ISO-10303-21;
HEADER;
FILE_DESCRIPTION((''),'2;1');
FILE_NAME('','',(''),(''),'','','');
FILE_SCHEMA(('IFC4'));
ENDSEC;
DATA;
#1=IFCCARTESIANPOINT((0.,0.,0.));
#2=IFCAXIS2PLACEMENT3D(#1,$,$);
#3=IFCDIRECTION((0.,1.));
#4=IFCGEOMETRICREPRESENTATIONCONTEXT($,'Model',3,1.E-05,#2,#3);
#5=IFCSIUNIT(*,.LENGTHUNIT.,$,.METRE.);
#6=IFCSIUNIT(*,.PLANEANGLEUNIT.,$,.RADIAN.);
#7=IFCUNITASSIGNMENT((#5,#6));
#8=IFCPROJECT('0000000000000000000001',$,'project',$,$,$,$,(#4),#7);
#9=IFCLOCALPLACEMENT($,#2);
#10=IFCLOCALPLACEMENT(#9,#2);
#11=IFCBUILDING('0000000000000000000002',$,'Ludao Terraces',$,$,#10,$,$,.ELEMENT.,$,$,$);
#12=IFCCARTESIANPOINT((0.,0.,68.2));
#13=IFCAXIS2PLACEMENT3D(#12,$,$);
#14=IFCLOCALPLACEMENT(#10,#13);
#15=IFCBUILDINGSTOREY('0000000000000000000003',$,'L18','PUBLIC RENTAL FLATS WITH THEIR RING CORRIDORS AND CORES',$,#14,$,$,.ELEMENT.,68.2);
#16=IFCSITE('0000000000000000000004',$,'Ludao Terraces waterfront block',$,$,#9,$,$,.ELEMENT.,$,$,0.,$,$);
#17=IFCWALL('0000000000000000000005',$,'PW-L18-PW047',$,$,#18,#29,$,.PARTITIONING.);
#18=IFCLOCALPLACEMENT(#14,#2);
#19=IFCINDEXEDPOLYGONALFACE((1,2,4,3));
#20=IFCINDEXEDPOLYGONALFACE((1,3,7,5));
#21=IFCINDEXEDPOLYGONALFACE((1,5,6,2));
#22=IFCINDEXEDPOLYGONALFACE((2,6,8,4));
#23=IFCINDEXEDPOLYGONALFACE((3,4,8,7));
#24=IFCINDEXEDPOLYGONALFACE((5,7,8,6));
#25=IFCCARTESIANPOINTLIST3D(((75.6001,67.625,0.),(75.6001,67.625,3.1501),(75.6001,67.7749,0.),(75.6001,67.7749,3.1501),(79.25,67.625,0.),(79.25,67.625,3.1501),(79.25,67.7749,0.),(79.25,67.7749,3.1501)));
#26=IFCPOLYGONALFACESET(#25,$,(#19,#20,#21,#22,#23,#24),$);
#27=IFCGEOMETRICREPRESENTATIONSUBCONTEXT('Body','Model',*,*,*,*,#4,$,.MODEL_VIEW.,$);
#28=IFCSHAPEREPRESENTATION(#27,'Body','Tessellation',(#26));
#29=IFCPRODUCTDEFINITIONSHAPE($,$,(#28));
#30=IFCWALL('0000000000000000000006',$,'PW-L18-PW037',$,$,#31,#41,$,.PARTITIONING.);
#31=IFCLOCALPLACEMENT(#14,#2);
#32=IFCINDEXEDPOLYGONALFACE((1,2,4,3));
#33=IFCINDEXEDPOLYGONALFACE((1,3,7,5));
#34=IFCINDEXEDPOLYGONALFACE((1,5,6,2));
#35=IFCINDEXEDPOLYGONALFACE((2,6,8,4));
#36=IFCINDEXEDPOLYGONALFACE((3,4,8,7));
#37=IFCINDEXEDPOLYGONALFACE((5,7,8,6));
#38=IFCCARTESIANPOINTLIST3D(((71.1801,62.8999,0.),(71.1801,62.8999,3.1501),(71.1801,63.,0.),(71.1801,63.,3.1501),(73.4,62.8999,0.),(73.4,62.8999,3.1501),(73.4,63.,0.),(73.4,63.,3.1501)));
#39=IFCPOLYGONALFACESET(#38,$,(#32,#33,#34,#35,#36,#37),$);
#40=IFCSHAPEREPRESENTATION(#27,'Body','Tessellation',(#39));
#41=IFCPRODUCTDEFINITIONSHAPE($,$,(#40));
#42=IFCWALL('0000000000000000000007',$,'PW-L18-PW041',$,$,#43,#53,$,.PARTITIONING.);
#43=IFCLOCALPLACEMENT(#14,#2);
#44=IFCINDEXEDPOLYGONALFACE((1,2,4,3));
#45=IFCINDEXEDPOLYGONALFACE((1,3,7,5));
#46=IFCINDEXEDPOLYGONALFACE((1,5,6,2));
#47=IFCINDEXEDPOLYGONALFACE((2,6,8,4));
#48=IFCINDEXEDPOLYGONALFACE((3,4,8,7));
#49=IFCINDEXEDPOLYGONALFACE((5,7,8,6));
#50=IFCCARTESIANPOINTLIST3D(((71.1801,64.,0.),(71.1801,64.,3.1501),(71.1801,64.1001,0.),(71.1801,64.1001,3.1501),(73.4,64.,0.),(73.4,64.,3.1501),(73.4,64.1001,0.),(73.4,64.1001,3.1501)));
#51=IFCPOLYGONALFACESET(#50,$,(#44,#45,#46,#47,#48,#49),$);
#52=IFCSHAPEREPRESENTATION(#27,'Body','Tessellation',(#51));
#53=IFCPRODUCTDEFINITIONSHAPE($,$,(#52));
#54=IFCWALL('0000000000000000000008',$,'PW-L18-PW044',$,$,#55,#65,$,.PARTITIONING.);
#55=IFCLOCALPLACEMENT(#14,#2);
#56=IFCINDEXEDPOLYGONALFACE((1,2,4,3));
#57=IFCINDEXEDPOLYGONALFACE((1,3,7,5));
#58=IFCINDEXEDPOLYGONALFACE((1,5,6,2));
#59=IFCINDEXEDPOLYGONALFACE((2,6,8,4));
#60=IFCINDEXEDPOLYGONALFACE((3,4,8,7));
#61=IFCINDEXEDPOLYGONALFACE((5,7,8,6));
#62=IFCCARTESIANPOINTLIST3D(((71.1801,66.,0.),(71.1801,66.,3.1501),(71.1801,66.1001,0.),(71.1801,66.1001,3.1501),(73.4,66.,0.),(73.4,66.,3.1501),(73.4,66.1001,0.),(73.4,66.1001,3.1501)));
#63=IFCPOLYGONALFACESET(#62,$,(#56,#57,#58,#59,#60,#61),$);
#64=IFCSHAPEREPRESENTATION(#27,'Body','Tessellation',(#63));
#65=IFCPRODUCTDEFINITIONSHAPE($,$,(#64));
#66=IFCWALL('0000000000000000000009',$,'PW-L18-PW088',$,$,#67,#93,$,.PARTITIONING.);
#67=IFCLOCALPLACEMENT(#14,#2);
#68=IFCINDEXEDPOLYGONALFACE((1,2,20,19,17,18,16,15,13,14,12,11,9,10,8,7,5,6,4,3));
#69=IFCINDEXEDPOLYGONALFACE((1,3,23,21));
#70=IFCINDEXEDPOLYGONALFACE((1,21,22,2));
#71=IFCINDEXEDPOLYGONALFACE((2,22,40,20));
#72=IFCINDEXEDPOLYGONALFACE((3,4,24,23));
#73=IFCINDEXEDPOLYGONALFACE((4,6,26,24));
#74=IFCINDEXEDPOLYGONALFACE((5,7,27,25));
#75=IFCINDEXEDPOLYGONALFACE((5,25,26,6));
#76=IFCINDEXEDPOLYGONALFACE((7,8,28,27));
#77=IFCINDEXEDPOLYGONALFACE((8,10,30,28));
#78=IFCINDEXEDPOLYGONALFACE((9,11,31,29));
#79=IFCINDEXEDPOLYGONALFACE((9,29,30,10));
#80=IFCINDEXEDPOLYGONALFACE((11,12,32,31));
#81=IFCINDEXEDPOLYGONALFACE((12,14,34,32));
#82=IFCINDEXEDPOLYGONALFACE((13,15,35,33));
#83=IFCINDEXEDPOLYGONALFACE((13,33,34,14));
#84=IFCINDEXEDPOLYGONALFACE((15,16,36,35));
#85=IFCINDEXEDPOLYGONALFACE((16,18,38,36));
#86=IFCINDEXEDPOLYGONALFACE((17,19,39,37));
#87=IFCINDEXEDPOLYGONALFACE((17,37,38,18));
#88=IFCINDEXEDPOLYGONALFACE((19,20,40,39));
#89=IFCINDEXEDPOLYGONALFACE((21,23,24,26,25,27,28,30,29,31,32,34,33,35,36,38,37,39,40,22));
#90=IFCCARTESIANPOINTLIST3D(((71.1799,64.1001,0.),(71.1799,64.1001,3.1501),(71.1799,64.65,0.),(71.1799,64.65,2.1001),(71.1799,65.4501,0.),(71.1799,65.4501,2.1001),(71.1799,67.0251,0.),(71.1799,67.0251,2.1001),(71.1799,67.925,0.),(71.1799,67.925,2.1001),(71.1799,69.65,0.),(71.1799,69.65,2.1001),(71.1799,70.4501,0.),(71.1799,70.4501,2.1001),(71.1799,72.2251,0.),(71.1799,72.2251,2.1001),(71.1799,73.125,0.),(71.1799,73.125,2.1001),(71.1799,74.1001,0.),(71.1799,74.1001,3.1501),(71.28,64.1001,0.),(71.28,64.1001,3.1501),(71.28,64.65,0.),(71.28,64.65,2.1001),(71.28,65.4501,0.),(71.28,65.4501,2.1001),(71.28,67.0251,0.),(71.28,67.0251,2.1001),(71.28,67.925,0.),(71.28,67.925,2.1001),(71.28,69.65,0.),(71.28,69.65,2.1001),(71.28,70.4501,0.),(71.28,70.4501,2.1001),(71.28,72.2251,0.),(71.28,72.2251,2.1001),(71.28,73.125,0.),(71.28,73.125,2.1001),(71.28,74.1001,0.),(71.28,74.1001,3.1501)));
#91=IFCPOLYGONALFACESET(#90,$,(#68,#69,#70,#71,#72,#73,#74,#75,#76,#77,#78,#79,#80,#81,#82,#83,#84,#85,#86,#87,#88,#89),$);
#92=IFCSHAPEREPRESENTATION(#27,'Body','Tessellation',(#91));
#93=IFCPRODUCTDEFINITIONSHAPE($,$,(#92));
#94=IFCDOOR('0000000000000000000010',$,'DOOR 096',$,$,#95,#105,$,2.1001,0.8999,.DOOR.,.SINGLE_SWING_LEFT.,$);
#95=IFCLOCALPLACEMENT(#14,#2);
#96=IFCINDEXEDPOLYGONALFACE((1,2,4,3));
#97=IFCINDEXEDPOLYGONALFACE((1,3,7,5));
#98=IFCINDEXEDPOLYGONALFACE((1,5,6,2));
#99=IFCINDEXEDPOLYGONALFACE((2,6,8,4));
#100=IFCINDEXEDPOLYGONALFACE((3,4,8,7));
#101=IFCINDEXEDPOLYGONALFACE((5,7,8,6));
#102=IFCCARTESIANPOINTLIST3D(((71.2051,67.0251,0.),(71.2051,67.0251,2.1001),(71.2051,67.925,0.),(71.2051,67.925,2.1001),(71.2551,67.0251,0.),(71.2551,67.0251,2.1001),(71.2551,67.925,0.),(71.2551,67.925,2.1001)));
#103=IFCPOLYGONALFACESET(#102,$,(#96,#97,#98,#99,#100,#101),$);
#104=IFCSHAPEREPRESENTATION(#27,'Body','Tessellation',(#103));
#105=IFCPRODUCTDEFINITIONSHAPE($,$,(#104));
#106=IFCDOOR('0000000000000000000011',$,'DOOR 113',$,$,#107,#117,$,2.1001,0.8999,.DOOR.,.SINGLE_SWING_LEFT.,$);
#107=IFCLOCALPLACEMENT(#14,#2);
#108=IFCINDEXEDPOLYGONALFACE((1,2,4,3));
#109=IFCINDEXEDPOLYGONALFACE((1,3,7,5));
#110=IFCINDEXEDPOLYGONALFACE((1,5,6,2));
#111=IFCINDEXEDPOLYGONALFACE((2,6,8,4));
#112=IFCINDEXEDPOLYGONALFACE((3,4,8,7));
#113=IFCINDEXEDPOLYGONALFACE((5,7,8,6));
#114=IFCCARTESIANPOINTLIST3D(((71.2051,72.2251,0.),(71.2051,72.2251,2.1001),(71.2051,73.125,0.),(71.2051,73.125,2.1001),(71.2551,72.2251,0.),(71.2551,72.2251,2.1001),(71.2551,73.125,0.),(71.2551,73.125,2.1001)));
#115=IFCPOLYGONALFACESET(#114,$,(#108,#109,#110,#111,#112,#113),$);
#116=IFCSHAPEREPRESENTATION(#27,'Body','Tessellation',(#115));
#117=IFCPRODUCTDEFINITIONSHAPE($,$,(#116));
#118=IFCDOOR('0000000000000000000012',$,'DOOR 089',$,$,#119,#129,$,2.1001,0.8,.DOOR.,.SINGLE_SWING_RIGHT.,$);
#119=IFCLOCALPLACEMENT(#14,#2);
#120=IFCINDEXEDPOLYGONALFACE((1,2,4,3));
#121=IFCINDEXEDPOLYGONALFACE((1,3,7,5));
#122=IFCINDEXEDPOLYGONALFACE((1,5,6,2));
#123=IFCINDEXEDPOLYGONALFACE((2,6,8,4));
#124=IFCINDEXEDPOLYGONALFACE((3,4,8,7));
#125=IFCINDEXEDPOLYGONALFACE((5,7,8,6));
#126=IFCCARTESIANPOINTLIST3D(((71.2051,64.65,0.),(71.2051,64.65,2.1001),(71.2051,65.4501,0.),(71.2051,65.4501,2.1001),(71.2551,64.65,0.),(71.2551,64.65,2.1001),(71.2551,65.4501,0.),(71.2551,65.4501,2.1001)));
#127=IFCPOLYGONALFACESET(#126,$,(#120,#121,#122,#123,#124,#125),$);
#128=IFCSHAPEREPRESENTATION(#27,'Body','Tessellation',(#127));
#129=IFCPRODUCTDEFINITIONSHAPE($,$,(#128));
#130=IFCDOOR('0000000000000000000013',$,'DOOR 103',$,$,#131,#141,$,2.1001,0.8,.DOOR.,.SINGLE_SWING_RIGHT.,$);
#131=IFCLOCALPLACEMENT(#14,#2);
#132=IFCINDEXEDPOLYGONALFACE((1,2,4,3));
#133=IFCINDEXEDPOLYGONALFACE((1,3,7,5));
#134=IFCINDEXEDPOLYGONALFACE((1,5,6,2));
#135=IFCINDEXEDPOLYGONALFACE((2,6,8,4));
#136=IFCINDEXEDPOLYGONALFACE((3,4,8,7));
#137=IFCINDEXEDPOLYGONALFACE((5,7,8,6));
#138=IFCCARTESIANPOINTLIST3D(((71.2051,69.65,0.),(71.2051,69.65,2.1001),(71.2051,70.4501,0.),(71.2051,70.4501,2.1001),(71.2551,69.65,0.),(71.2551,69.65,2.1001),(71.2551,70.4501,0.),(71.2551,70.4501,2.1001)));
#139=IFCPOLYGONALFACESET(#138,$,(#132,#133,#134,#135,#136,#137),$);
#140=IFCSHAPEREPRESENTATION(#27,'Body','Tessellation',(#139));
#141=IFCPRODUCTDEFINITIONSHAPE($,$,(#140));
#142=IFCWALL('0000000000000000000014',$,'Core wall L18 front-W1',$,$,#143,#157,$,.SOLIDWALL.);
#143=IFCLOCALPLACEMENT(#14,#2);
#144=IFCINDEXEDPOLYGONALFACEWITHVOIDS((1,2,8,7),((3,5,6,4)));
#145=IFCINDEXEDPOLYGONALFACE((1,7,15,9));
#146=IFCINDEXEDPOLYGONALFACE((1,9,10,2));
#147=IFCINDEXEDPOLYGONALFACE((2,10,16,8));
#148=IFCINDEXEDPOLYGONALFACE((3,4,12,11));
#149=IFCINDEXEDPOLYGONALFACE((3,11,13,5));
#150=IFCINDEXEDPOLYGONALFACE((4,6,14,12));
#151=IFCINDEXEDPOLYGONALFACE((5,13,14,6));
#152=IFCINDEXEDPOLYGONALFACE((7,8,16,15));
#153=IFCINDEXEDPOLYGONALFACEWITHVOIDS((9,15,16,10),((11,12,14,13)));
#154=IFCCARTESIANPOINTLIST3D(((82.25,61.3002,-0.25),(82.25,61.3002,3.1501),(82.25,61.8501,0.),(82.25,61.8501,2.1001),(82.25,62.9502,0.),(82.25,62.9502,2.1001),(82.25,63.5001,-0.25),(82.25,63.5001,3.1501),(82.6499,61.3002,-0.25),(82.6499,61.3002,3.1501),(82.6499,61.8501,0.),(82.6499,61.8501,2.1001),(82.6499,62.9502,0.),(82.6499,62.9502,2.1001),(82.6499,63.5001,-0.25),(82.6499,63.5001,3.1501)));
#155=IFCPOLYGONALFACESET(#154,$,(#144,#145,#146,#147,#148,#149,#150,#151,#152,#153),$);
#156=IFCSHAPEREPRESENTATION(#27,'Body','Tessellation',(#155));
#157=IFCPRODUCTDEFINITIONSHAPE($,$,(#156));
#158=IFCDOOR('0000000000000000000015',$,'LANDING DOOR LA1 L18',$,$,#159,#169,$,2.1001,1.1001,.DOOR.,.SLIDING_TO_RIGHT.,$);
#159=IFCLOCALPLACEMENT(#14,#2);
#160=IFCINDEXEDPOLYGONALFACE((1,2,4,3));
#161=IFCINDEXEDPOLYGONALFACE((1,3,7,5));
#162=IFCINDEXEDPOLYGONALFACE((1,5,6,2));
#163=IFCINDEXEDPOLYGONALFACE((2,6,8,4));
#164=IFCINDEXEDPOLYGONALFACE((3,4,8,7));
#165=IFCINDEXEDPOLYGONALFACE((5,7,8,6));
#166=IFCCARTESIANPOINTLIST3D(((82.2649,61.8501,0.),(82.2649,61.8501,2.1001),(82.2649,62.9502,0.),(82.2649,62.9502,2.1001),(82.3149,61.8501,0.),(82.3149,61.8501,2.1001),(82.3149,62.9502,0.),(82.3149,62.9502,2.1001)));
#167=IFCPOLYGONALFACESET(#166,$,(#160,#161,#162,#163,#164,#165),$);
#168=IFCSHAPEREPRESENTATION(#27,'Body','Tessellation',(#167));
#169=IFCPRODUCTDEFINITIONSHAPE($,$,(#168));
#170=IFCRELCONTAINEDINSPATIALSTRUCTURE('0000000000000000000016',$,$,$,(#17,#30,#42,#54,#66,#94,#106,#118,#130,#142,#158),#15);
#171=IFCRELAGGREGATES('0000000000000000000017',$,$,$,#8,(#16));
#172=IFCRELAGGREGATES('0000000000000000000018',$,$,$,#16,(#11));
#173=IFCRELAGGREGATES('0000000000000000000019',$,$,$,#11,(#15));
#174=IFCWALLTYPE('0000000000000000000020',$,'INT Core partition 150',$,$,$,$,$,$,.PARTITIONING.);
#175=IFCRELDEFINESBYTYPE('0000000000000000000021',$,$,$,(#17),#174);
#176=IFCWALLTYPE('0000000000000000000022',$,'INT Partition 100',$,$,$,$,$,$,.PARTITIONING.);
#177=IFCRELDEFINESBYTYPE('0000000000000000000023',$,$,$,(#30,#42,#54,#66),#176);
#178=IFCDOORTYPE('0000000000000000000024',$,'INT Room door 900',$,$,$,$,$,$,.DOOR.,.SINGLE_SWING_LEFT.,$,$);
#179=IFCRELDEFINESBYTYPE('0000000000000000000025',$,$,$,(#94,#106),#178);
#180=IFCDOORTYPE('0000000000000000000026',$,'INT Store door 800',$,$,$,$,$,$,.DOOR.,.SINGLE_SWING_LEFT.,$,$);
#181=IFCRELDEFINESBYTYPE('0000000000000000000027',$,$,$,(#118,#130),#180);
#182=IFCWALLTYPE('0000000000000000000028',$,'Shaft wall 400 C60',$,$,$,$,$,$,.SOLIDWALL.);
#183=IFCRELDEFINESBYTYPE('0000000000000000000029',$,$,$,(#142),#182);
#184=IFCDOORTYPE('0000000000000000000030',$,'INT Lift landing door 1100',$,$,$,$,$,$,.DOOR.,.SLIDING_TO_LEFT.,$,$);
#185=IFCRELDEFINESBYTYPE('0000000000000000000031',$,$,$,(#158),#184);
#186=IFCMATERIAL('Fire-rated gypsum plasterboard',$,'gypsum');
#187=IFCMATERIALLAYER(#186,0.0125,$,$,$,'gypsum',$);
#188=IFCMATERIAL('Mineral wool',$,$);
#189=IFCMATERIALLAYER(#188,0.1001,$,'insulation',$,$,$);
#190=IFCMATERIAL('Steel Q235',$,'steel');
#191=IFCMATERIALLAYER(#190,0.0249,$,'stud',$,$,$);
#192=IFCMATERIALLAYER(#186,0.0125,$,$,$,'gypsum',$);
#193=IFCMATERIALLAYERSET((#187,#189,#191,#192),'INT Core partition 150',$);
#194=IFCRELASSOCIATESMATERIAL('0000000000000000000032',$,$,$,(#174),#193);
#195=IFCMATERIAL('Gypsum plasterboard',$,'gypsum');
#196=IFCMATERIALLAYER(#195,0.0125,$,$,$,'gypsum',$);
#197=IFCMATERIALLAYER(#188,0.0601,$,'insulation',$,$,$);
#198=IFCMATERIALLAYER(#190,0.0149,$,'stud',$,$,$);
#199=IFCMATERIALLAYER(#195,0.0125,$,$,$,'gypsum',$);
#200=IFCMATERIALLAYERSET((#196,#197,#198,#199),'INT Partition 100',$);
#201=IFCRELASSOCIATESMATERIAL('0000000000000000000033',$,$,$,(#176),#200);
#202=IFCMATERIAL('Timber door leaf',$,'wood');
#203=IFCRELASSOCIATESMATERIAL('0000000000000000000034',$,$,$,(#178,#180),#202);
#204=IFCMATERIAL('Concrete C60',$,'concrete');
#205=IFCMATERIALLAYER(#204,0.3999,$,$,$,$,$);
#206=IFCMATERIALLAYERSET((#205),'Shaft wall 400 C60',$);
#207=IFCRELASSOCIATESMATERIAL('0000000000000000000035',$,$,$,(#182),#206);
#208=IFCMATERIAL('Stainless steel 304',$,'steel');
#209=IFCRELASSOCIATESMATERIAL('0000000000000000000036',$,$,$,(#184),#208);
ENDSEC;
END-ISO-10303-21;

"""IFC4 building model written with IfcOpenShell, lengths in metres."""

from ifc_helpers import new_model, si_unit, direction, frame, frame_2d, origin, place, context, subcontext, project, spatial, rectangle, extrude, material, layer, layer_set, type_object, element, fill, save


model = new_model("IFC4")

# Units and contexts
model_context = context("Model", 3, precision=1e-05, world=origin(), true_north=direction((0.0, 1.0)))
body_context = subcontext(model_context, "Body", "Model", "MODEL_VIEW")
ifc_project = project(units=[si_unit("LENGTHUNIT", "METRE"), si_unit("PLANEANGLEUNIT", "RADIAN")], contexts=[model_context])

# Site, building, storey
site_placement = place(None, origin())
site = spatial("IfcSite", under=ifc_project, at=site_placement, Name="Ludao Terraces waterfront block", CompositionType="ELEMENT", RefElevation=0.0)
building_placement = place(site_placement, origin())
building = spatial("IfcBuilding", under=site, at=building_placement, Name="Ludao Terraces", CompositionType="ELEMENT")
storey_placement = place(building_placement, frame((0.0, 0.0, 68.2)))
storey = spatial("IfcBuildingStorey", under=building, at=storey_placement, Name="L18", Description="PUBLIC RENTAL FLATS WITH THEIR RING CORRIDORS AND CORES", CompositionType="ELEMENT", Elevation=68.2)

# Walls
ifc_material_1 = material(Name="Fire-rated gypsum plasterboard", Category="gypsum")
ifc_layer_1 = layer(ifc_material_1, 0.0125, Category="gypsum")
ifc_material_2 = material(Name="Mineral wool")
ifc_layer_2 = layer(ifc_material_2, 0.1001, Name="insulation")
ifc_material_3 = material(Name="Steel Q235", Category="steel")
ifc_layer_3 = layer(ifc_material_3, 0.0249, Name="stud")
ifc_layer_4 = layer(ifc_material_1, 0.0125, Category="gypsum")
ifc_layer_set_1 = layer_set([ifc_layer_1, ifc_layer_2, ifc_layer_3, ifc_layer_4], Name="INT Core partition 150")
wall_type_1 = type_object("IfcWallType", Name="INT Core partition 150", PredefinedType="PARTITIONING", material=ifc_layer_set_1)
wall_1_placement = place(storey_placement, frame((75.6001, 67.7, 0.0), z_axis=(0.0, 0.0, 1.0), x_axis=(1.0, 0.0, 0.0)))
element("IfcWall", 1, at=wall_1_placement, inside=storey, type_object=wall_type_1, Name="PW-L18-PW047", PredefinedType="PARTITIONING", context=body_context, shape_type="SweptSolid", body=[
    extrude(rectangle(XDim=3.6499, YDim=0.1499, at=frame_2d((1.825, 0.0))), origin(), (0.0, 0.0, 1.0), 3.1501),
])
ifc_material_4 = material(Name="Gypsum plasterboard", Category="gypsum")
ifc_layer_5 = layer(ifc_material_4, 0.0125, Category="gypsum")
ifc_layer_6 = layer(ifc_material_2, 0.0601, Name="insulation")
ifc_layer_7 = layer(ifc_material_3, 0.0149, Name="stud")
ifc_layer_8 = layer(ifc_material_4, 0.0125, Category="gypsum")
ifc_layer_set_2 = layer_set([ifc_layer_5, ifc_layer_6, ifc_layer_7, ifc_layer_8], Name="INT Partition 100")
wall_type_2 = type_object("IfcWallType", Name="INT Partition 100", PredefinedType="PARTITIONING", material=ifc_layer_set_2)
for number, where, z_axis, x_axis, name in (
    (2, (71.1802, 62.95, 0.0), (0.0, 0.0, 1.0), (1.0, 0.0, 0.0), "PW-L18-PW037"),
    (3, (71.1802, 64.05, 0.0), (0.0, 0.0, 1.0), (1.0, 0.0, 0.0), "PW-L18-PW041"),
    (4, (71.1802, 66.05, 0.0), (0.0, 0.0, 1.0), (1.0, 0.0, 0.0), "PW-L18-PW044"),
):
    element("IfcWall", number, at=place(storey_placement, frame(where, z_axis=z_axis, x_axis=x_axis)), inside=storey, type_object=wall_type_2, Name=name, PredefinedType="PARTITIONING", context=body_context, shape_type="SweptSolid", body=[
        extrude(rectangle(XDim=2.22, YDim=0.1001, at=frame_2d((1.1099, 0.0))), origin(), (0.0, 0.0, 1.0), 3.1501),
    ])

# Wall, openings, doors
wall_2_placement = place(storey_placement, frame((71.23, 64.1001, 0.0), z_axis=(0.0, 0.0, 1.0), x_axis=(0.0, 1.0, 0.0)))
wall_2 = element("IfcWall", 5, at=wall_2_placement, inside=storey, type_object=wall_type_2, Name="PW-L18-PW088", PredefinedType="PARTITIONING", context=body_context, shape_type="SweptSolid", body=[
    extrude(rectangle(XDim=10.0, YDim=0.1001, at=frame_2d((5.0, 0.0))), origin(), (0.0, 0.0, 1.0), 3.1501),
])
opening_1_placement = place(wall_2_placement, frame((0.55, 0.0, 0.0)))
opening_1 = element("IfcOpeningElement", 6, at=opening_1_placement, cuts=wall_2, PredefinedType="OPENING", context=body_context, shape_type="SweptSolid", body=[
    extrude(rectangle(XDim=0.8, YDim=2.1001, at=frame_2d((0.3999, 1.05))), frame((0.0, 0.0601, 0.0), z_axis=(0.0, -1.0, 0.0), x_axis=(1.0, 0.0, 0.0)), (0.0, 0.0, 1.0), 0.1201),
])
opening_2_placement = place(wall_2_placement, frame((2.925, 0.0, 0.0)))
opening_2 = element("IfcOpeningElement", 7, at=opening_2_placement, cuts=wall_2, PredefinedType="OPENING", context=body_context, shape_type="SweptSolid", body=[
    extrude(rectangle(XDim=0.8999, YDim=2.1001, at=frame_2d((0.45, 1.05))), frame((0.0, 0.0601, 0.0), z_axis=(0.0, -1.0, 0.0), x_axis=(1.0, 0.0, 0.0)), (0.0, 0.0, 1.0), 0.1201),
])
opening_3_placement = place(wall_2_placement, frame((5.55, 0.0, 0.0)))
opening_3 = element("IfcOpeningElement", 8, at=opening_3_placement, cuts=wall_2, PredefinedType="OPENING", context=body_context, shape_type="SweptSolid", body=[
    extrude(rectangle(XDim=0.8, YDim=2.1001, at=frame_2d((0.3999, 1.05))), frame((0.0, 0.0601, 0.0), z_axis=(0.0, -1.0, 0.0), x_axis=(1.0, 0.0, 0.0)), (0.0, 0.0, 1.0), 0.1201),
])
opening_4_placement = place(wall_2_placement, frame((8.125, 0.0, 0.0)))
opening_4 = element("IfcOpeningElement", 9, at=opening_4_placement, cuts=wall_2, PredefinedType="OPENING", context=body_context, shape_type="SweptSolid", body=[
    extrude(rectangle(XDim=0.8999, YDim=2.1001, at=frame_2d((0.45, 1.05))), frame((0.0, 0.0601, 0.0), z_axis=(0.0, -1.0, 0.0), x_axis=(1.0, 0.0, 0.0)), (0.0, 0.0, 1.0), 0.1201),
])
ifc_material_5 = material(Name="Timber door leaf", Category="wood")
door_type_1 = type_object("IfcDoorType", Name="INT Room door 900", OperationType="SINGLE_SWING_LEFT", PredefinedType="DOOR", material=ifc_material_5)
door_1_placement = place(opening_2_placement, origin())
door_1 = element("IfcDoor", 10, at=door_1_placement, inside=storey, type_object=door_type_1, Name="DOOR 096", OperationType="SINGLE_SWING_LEFT", OverallHeight=2.1001, OverallWidth=0.8999, PredefinedType="DOOR", context=body_context, shape_type="SweptSolid", body=[
    extrude(rectangle(XDim=0.8999, YDim=2.1001, at=frame_2d((0.45, 1.05))), frame((0.0, 0.0249, 0.0), z_axis=(0.0, -1.0, 0.0), x_axis=(1.0, 0.0, 0.0)), (0.0, 0.0, 1.0), 0.05),
])
fill(opening_2, door_1)
door_2_placement = place(opening_4_placement, origin())
door_2 = element("IfcDoor", 11, at=door_2_placement, inside=storey, type_object=door_type_1, Name="DOOR 113", OperationType="SINGLE_SWING_LEFT", OverallHeight=2.1001, OverallWidth=0.8999, PredefinedType="DOOR", context=body_context, shape_type="SweptSolid", body=[
    extrude(rectangle(XDim=0.8999, YDim=2.1001, at=frame_2d((0.45, 1.05))), frame((0.0, 0.0249, 0.0), z_axis=(0.0, -1.0, 0.0), x_axis=(1.0, 0.0, 0.0)), (0.0, 0.0, 1.0), 0.05),
])
fill(opening_4, door_2)
door_type_2 = type_object("IfcDoorType", Name="INT Store door 800", OperationType="SINGLE_SWING_LEFT", PredefinedType="DOOR", material=ifc_material_5)
door_3_placement = place(opening_1_placement, origin())
door_3 = element("IfcDoor", 12, at=door_3_placement, inside=storey, type_object=door_type_2, Name="DOOR 089", OperationType="SINGLE_SWING_RIGHT", OverallHeight=2.1001, OverallWidth=0.8, PredefinedType="DOOR", context=body_context, shape_type="SweptSolid", body=[
    extrude(rectangle(XDim=0.8, YDim=2.1001, at=frame_2d((0.3999, 1.05))), frame((0.0, 0.0249, 0.0), z_axis=(0.0, -1.0, 0.0), x_axis=(1.0, 0.0, 0.0)), (0.0, 0.0, 1.0), 0.05),
])
fill(opening_1, door_3)
door_4_placement = place(opening_3_placement, origin())
door_4 = element("IfcDoor", 13, at=door_4_placement, inside=storey, type_object=door_type_2, Name="DOOR 103", OperationType="SINGLE_SWING_RIGHT", OverallHeight=2.1001, OverallWidth=0.8, PredefinedType="DOOR", context=body_context, shape_type="SweptSolid", body=[
    extrude(rectangle(XDim=0.8, YDim=2.1001, at=frame_2d((0.3999, 1.05))), frame((0.0, 0.0249, 0.0), z_axis=(0.0, -1.0, 0.0), x_axis=(1.0, 0.0, 0.0)), (0.0, 0.0, 1.0), 0.05),
])
fill(opening_3, door_4)

# Wall, opening, door
ifc_material_6 = material(Name="Concrete C60", Category="concrete")
ifc_layer_9 = layer(ifc_material_6, 0.3999)
ifc_layer_set_3 = layer_set([ifc_layer_9], Name="Shaft wall 400 C60")
wall_type_3 = type_object("IfcWallType", Name="Shaft wall 400 C60", PredefinedType="SOLIDWALL", material=ifc_layer_set_3)
wall_3_placement = place(storey_placement, frame((82.45, 61.3, -0.25), z_axis=(0.0, 0.0, 1.0), x_axis=(0.0, 1.0, 0.0)))
wall_3 = element("IfcWall", 14, at=wall_3_placement, inside=storey, type_object=wall_type_3, Name="Core wall L18 front-W1", PredefinedType="SOLIDWALL", context=body_context, shape_type="SweptSolid", body=[
    extrude(rectangle(XDim=2.2, YDim=0.3999, at=frame_2d((1.1001, 0.0))), origin(), (0.0, 0.0, 1.0), 3.4001),
])
opening_5_placement = place(wall_3_placement, frame((0.55, 0.0, 0.25)))
opening_5 = element("IfcOpeningElement", 15, at=opening_5_placement, cuts=wall_3, PredefinedType="OPENING", context=body_context, shape_type="SweptSolid", body=[
    extrude(rectangle(XDim=1.1001, YDim=2.1001, at=frame_2d((0.55, 1.05))), frame((0.0, 0.21, 0.0), z_axis=(0.0, -1.0, 0.0), x_axis=(1.0, 0.0, 0.0)), (0.0, 0.0, 1.0), 0.4199),
])
ifc_material_7 = material(Name="Stainless steel 304", Category="steel")
door_type_3 = type_object("IfcDoorType", Name="INT Lift landing door 1100", OperationType="SLIDING_TO_LEFT", PredefinedType="DOOR", material=ifc_material_7)
door_5_placement = place(opening_5_placement, origin())
door_5 = element("IfcDoor", 16, at=door_5_placement, inside=storey, type_object=door_type_3, Name="LANDING DOOR LA1 L18", OperationType="SLIDING_TO_RIGHT", OverallHeight=2.1001, OverallWidth=1.1001, PredefinedType="DOOR", context=body_context, shape_type="SweptSolid", body=[
    extrude(rectangle(XDim=1.1001, YDim=2.1001, at=frame_2d((0.55, 1.05))), frame((0.0, 0.1851, 0.0), z_axis=(0.0, -1.0, 0.0), x_axis=(1.0, 0.0, 0.0)), (0.0, 0.0, 1.0), 0.05),
])
fill(opening_5, door_5)

save(model, "model.ifc")
